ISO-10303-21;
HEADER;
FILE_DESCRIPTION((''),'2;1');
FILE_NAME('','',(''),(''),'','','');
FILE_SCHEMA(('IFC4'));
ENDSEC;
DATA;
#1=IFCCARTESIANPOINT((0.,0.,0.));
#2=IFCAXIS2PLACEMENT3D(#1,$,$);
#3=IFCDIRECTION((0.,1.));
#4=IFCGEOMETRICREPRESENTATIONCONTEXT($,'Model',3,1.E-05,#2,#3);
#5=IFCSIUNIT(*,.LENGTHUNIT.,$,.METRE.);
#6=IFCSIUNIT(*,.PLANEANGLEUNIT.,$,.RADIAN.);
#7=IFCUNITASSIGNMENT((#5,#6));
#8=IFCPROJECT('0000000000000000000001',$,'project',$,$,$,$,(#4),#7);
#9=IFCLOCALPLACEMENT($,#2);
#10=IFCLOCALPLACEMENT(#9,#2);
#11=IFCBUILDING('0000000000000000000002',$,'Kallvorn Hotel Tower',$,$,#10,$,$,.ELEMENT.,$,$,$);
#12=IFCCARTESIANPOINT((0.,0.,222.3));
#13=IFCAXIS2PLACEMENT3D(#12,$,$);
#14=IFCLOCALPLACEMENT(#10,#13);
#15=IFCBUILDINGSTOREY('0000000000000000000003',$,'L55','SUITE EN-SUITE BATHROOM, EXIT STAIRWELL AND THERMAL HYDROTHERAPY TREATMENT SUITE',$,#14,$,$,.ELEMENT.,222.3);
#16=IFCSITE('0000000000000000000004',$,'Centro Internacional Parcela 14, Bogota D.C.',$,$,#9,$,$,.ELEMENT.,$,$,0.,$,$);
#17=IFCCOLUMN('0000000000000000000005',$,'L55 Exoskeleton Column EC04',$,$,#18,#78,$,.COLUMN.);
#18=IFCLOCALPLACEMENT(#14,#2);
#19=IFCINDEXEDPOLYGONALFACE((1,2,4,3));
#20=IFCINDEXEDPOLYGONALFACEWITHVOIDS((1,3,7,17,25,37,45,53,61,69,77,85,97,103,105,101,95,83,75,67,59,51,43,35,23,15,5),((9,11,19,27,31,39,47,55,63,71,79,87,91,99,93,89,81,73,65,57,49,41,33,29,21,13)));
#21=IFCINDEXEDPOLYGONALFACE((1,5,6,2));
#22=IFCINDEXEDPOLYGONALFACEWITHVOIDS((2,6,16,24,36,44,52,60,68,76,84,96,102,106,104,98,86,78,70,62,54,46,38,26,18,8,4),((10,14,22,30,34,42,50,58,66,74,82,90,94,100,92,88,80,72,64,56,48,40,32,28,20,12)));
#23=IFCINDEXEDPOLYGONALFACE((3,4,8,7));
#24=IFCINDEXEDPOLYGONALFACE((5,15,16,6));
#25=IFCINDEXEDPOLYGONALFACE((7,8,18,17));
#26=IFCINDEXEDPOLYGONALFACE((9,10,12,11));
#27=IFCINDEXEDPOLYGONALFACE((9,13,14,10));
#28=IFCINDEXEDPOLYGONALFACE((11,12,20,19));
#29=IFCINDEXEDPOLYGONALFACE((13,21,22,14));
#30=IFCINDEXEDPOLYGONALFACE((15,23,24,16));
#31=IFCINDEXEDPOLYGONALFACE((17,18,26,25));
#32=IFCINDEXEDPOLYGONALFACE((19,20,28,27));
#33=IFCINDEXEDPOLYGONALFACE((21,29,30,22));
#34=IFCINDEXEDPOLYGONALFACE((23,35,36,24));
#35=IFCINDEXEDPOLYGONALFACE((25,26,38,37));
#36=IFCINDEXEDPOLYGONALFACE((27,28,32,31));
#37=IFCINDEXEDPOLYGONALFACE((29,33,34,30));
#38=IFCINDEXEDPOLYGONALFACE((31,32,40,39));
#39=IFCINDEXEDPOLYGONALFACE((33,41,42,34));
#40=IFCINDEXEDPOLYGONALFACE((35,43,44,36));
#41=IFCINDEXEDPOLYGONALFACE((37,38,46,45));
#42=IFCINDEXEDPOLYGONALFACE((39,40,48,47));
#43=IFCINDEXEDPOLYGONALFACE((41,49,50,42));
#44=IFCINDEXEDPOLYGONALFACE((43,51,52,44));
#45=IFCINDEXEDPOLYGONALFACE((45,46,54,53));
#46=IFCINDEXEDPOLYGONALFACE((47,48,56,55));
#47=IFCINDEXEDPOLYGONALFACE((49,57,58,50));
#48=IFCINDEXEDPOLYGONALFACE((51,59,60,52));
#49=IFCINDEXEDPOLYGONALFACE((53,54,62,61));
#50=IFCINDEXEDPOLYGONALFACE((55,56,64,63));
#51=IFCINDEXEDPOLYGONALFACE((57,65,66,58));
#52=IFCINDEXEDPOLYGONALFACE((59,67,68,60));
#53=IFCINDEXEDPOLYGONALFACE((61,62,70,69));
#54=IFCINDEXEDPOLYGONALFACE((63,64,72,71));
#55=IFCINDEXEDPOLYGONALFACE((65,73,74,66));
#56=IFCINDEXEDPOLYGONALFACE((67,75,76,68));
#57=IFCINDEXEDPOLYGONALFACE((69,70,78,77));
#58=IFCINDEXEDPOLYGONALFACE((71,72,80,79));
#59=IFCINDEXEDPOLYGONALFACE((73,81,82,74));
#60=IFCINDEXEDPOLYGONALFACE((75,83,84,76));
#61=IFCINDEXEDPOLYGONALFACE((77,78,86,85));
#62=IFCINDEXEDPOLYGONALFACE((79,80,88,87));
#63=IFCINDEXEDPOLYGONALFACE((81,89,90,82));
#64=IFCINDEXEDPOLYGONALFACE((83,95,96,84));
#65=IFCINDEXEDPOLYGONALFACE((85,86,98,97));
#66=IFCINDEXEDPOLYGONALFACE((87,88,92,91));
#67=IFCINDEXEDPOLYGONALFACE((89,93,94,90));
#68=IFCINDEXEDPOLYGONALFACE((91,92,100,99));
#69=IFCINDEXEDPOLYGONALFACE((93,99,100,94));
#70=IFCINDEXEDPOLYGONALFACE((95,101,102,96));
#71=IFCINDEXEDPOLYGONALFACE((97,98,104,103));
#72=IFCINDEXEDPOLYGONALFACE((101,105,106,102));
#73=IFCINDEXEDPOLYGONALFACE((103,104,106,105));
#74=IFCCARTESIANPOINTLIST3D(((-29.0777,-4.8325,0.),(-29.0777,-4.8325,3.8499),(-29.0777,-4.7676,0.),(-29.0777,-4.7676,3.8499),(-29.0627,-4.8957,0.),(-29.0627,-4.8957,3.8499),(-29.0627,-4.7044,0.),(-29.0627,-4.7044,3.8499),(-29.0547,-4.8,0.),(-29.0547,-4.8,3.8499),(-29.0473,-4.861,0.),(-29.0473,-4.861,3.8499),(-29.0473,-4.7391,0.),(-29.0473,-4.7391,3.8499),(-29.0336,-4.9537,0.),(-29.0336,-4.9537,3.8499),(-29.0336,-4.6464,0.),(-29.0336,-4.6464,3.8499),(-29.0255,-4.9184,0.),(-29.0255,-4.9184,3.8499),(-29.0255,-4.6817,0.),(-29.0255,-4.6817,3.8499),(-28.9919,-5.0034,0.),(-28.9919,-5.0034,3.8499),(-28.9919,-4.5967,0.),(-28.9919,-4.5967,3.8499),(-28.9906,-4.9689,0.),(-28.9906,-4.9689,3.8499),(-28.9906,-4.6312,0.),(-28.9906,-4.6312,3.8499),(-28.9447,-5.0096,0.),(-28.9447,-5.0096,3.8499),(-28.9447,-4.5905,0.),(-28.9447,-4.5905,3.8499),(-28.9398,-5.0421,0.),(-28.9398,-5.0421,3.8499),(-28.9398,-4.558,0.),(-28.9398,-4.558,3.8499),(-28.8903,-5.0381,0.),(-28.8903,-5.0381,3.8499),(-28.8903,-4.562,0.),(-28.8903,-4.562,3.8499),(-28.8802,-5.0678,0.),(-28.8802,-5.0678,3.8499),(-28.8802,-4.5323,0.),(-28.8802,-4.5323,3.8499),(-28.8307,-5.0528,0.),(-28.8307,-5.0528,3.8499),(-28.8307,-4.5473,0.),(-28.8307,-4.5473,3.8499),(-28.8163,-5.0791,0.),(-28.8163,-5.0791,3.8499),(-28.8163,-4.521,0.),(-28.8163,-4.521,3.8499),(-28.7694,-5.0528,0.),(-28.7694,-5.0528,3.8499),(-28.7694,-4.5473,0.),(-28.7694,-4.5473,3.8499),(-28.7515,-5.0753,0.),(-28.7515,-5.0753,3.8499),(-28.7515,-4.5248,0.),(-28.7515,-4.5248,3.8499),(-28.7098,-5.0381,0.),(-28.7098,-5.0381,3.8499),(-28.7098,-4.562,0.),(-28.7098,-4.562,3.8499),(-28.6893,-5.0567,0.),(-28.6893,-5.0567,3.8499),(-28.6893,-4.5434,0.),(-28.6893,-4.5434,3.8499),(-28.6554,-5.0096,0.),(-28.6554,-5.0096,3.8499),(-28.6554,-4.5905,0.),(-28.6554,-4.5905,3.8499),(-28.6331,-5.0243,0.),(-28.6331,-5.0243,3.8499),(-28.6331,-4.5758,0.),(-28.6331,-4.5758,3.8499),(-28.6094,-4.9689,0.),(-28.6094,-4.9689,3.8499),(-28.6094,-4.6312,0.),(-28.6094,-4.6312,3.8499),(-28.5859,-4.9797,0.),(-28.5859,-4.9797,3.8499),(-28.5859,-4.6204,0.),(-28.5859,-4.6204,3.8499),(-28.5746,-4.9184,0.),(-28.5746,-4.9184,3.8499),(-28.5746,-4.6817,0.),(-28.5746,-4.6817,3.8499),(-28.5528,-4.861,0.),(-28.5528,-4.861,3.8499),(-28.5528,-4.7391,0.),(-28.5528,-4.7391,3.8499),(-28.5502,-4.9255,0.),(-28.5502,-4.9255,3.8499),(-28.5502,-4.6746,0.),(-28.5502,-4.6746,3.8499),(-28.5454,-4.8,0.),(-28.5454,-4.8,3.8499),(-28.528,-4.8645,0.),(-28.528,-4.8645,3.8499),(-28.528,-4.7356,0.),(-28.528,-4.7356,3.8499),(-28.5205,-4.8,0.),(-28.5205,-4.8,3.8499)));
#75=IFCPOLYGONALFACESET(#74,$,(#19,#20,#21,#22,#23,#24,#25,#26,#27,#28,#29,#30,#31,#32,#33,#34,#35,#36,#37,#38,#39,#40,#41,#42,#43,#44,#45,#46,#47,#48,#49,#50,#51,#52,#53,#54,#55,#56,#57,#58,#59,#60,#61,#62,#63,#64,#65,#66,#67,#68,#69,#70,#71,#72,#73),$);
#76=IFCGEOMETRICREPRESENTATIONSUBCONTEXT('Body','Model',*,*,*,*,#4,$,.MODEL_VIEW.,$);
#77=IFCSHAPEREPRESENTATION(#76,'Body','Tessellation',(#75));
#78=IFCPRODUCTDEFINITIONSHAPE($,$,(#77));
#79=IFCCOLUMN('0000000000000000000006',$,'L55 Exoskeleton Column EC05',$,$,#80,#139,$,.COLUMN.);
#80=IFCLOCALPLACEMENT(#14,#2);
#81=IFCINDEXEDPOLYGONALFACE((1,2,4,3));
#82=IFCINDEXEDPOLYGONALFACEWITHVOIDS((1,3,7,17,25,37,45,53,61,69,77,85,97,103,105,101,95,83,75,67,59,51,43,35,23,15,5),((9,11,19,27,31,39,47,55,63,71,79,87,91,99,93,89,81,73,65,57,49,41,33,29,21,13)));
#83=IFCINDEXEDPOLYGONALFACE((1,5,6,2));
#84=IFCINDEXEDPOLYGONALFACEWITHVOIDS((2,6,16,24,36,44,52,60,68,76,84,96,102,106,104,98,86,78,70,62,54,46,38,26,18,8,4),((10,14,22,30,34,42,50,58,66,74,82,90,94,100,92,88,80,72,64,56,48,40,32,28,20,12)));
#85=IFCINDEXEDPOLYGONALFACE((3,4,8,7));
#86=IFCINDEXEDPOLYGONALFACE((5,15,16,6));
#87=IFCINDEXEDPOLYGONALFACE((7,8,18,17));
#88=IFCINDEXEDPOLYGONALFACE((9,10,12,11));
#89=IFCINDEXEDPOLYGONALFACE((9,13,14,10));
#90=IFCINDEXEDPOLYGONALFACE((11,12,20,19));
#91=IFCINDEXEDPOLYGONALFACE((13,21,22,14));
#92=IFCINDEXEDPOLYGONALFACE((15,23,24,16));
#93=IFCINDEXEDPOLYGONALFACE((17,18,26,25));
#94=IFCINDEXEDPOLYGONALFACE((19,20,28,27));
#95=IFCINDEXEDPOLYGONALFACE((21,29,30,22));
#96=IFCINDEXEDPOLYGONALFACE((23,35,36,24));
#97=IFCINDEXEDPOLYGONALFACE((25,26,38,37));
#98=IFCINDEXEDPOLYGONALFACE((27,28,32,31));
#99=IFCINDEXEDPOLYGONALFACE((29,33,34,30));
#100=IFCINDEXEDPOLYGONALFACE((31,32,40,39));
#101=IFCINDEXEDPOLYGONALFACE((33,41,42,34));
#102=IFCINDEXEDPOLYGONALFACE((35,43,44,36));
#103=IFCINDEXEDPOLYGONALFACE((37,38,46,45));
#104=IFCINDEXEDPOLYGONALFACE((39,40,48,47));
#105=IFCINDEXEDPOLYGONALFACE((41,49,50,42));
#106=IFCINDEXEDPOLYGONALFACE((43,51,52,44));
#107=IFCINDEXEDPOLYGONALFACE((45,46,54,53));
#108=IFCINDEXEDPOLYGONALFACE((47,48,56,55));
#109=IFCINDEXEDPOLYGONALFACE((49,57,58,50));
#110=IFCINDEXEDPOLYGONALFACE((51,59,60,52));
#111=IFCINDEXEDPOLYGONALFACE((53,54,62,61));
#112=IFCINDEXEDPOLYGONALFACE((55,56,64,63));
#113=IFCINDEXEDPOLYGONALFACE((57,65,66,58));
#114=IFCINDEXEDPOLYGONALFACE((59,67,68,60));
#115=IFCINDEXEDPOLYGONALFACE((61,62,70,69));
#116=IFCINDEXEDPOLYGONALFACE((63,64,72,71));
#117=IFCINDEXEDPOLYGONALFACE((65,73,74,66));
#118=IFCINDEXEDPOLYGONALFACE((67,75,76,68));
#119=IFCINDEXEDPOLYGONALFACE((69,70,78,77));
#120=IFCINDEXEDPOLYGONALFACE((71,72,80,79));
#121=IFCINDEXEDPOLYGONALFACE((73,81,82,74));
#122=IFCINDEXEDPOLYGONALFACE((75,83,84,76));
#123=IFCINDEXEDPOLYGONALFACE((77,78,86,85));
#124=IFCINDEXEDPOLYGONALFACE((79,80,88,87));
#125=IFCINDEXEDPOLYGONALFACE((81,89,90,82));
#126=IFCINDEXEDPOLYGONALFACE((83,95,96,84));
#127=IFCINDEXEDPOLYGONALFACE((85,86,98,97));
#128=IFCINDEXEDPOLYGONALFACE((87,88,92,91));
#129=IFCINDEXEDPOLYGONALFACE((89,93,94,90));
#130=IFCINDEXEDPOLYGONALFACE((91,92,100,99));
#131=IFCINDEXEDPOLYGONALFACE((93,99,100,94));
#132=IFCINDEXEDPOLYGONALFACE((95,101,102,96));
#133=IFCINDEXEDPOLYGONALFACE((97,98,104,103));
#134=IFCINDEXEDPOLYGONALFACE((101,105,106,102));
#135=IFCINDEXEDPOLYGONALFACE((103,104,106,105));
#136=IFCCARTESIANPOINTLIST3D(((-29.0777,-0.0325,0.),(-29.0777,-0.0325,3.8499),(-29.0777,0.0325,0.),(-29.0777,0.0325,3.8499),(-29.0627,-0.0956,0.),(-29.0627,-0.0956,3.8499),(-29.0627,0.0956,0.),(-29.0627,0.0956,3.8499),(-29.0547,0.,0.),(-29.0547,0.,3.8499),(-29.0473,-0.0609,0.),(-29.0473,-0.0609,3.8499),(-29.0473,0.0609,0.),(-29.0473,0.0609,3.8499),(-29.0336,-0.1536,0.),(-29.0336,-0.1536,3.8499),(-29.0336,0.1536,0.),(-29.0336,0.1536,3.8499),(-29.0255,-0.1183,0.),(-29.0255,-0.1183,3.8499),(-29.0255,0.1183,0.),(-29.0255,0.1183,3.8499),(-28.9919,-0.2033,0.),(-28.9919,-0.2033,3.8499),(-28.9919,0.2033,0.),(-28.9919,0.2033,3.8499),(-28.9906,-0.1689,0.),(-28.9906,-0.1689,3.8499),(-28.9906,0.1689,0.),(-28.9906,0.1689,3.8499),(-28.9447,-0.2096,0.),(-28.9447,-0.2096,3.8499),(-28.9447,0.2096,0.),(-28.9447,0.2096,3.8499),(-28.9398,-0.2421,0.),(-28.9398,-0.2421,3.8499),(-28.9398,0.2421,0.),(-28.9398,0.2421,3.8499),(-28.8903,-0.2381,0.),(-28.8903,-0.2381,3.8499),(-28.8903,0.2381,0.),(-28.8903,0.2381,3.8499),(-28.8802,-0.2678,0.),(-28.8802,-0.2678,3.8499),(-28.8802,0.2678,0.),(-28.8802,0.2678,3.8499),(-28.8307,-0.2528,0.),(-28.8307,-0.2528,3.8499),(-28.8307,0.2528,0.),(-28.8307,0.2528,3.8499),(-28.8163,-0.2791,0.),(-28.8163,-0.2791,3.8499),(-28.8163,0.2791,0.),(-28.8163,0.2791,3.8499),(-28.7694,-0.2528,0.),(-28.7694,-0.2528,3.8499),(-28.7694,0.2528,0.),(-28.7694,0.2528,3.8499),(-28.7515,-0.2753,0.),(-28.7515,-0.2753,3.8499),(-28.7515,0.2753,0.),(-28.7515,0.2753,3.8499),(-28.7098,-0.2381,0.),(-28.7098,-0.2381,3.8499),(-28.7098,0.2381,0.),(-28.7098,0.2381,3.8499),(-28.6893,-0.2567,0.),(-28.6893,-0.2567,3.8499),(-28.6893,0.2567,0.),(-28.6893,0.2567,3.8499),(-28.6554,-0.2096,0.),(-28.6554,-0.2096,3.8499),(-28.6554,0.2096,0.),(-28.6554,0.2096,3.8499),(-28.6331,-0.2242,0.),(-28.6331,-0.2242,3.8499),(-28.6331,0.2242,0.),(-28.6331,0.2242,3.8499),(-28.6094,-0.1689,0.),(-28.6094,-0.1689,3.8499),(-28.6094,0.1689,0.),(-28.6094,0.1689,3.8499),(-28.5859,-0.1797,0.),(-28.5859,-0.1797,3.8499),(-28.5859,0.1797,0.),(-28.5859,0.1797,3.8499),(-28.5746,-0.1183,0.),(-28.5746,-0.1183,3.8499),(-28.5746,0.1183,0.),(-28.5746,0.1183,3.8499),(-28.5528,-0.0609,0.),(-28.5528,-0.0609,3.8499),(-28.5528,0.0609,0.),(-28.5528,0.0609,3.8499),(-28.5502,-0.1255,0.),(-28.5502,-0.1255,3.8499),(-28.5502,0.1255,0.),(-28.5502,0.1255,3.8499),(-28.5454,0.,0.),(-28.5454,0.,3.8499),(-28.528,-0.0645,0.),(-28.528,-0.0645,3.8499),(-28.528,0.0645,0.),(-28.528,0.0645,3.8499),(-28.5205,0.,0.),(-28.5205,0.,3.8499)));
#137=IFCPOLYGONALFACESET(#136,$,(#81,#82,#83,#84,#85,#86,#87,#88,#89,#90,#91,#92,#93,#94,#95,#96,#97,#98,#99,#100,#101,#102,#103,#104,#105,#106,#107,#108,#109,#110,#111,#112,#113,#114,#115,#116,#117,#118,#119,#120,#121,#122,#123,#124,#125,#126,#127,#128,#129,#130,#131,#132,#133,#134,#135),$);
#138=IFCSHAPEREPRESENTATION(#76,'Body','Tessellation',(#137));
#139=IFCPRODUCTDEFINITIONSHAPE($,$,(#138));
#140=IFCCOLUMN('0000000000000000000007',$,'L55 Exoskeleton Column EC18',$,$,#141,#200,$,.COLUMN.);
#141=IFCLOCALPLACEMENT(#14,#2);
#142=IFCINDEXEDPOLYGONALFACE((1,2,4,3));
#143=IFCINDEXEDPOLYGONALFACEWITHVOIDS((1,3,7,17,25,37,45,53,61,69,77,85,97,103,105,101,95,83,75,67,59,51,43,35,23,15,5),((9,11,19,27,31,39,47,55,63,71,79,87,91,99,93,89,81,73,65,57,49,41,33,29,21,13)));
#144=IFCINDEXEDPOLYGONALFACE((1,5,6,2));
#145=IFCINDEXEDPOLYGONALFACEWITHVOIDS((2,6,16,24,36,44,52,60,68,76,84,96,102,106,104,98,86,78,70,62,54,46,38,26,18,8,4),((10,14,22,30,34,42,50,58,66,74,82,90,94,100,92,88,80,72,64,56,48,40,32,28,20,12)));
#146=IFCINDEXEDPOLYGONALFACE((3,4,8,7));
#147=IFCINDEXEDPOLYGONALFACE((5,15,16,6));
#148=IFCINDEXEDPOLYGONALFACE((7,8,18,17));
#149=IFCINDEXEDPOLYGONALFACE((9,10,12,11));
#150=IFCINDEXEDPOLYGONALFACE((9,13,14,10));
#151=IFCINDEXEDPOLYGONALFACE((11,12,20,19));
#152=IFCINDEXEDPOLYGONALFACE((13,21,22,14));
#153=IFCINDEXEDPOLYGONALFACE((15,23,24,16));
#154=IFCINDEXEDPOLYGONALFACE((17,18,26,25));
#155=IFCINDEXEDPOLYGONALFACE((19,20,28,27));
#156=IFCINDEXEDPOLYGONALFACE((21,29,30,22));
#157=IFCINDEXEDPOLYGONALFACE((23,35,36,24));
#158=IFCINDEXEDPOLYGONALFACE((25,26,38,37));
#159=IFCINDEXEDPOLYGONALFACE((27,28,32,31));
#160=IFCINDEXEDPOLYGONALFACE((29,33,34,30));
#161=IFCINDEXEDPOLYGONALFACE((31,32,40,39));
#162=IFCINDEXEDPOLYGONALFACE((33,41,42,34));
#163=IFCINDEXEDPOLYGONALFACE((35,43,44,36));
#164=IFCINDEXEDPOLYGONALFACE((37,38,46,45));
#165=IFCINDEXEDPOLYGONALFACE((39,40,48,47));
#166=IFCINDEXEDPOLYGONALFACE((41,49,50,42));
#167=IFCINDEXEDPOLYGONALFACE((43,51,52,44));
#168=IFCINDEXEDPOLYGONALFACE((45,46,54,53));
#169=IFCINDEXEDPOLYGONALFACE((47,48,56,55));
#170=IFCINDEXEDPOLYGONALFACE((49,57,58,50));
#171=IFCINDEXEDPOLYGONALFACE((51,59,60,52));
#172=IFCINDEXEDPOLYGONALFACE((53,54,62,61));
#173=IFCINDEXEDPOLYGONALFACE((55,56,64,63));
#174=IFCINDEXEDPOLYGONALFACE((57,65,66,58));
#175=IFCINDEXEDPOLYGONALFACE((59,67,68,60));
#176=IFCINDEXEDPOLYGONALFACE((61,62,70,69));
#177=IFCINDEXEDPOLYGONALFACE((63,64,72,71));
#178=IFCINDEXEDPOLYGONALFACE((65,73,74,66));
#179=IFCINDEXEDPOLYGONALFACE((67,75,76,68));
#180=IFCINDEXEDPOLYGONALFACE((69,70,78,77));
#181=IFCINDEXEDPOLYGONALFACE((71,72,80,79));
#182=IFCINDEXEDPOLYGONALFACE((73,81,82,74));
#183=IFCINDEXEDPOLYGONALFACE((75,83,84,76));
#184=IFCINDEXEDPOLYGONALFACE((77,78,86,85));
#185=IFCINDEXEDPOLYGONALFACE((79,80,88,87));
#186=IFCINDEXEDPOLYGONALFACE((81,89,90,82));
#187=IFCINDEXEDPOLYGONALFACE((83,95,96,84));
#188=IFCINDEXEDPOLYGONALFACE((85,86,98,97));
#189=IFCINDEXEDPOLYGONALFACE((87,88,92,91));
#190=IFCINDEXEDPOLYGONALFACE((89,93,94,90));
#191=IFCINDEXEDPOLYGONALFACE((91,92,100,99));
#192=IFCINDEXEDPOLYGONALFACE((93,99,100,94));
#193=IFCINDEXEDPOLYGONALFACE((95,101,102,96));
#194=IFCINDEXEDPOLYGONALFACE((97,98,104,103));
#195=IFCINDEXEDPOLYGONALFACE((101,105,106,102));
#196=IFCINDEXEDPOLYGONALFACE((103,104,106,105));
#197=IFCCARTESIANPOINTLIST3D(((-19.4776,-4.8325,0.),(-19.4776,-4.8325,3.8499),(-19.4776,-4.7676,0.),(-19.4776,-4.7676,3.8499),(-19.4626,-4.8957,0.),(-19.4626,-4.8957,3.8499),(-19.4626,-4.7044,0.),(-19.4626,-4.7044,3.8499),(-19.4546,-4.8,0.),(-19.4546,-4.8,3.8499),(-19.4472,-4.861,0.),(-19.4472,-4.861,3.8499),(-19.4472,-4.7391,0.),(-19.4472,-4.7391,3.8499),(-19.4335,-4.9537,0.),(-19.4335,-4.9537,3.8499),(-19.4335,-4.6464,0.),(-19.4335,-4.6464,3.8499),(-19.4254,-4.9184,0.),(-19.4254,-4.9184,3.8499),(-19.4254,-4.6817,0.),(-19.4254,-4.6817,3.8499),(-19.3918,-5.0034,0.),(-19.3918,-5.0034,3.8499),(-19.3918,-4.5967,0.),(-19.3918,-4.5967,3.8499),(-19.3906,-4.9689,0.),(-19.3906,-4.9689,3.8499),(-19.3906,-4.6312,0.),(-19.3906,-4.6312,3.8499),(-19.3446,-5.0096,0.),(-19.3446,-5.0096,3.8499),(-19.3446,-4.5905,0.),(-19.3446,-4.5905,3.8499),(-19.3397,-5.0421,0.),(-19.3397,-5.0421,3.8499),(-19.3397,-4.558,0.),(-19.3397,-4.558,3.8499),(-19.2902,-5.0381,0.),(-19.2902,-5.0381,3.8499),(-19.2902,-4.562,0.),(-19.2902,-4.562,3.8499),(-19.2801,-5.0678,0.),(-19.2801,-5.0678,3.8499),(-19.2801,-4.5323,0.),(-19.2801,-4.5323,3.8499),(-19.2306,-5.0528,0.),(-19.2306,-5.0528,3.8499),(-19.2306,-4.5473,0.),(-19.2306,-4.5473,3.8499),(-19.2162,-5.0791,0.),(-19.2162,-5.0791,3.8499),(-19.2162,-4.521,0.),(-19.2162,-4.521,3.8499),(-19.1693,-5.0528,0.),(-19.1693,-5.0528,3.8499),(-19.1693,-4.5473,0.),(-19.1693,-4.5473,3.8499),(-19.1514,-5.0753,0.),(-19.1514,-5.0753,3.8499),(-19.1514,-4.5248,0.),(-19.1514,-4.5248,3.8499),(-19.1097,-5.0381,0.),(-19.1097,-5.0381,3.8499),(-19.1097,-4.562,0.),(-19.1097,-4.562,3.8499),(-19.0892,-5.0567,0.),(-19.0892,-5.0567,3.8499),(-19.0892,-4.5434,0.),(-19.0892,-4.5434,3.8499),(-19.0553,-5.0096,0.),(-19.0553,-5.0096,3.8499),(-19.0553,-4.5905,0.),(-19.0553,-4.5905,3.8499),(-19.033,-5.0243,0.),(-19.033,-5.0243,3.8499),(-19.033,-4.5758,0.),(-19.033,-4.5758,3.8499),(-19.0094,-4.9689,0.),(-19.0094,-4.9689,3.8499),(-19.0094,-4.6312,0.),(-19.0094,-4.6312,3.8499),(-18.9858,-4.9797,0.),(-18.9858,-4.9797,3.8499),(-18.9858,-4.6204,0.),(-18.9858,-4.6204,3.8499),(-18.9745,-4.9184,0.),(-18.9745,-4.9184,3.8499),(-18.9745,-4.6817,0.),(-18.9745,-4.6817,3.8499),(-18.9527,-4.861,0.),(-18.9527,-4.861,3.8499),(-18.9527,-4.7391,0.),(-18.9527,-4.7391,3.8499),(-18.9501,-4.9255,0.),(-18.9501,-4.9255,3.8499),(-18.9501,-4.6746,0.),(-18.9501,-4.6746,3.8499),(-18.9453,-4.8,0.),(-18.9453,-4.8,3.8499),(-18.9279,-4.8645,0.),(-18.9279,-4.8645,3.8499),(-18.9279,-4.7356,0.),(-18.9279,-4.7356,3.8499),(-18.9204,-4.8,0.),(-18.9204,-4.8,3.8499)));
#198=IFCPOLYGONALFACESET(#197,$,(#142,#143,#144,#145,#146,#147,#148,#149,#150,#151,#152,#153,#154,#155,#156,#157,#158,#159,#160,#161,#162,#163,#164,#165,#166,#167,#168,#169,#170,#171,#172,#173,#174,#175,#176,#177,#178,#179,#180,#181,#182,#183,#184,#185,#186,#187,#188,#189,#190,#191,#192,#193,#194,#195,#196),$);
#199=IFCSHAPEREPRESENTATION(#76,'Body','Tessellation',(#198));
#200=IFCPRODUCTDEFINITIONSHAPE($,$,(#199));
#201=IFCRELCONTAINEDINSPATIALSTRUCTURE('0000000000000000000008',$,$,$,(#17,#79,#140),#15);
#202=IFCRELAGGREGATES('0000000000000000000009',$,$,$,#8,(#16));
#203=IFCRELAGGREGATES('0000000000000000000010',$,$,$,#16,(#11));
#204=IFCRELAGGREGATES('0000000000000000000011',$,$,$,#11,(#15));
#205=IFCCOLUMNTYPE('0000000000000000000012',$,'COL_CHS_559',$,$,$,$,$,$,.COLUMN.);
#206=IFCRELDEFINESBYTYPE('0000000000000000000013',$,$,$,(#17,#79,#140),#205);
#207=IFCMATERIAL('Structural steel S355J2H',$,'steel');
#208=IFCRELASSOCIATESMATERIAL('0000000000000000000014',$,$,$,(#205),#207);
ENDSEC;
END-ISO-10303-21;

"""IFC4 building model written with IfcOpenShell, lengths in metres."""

from ifc_helpers import new_model, si_unit, direction, frame, origin, origin_2d, place, context, subcontext, project, spatial, hollow_circle, extrude, material, material_profile, profile_set, type_object, element, save


model = new_model("IFC4")

# Units and contexts
model_context = context("Model", 3, precision=1e-05, world=origin(), true_north=direction((0.0, 1.0)))
body_context = subcontext(model_context, "Body", "Model", "MODEL_VIEW")
ifc_project = project(units=[si_unit("LENGTHUNIT", "METRE"), si_unit("PLANEANGLEUNIT", "RADIAN")], contexts=[model_context])

# Site, building, storey
site_placement = place(None, origin())
site = spatial("IfcSite", under=ifc_project, at=site_placement, Name="Centro Internacional Parcela 14, Bogota D.C.", CompositionType="ELEMENT", RefElevation=0.0)
building_placement = place(site_placement, origin())
building = spatial("IfcBuilding", under=site, at=building_placement, Name="Kallvorn Hotel Tower", CompositionType="ELEMENT")
storey_placement = place(building_placement, frame((0.0, 0.0, 222.3)))
storey = spatial("IfcBuildingStorey", under=building, at=storey_placement, Name="L55", Description="SUITE EN-SUITE BATHROOM, EXIT STAIRWELL AND THERMAL HYDROTHERAPY TREATMENT SUITE", CompositionType="ELEMENT", Elevation=222.3)

# Columns
ifc_material_1 = material(Name="Structural steel S355J2H", Category="steel")
ifc_material_profile_1 = material_profile(ifc_material_1, hollow_circle(Radius=0.2795, WallThickness=0.0249, at=origin_2d()), Name="CHS 559x25")
ifc_profile_set_1 = profile_set([ifc_material_profile_1], Name="Structural steel S355J2H")
column_type_1 = type_object("IfcColumnType", Name="COL_CHS_559", PredefinedType="COLUMN", material=ifc_profile_set_1)
for number, where, z_axis, x_axis, name in (
    (1, (-28.8, -4.8, 0.0), (0.0, 0.0, 1.0), (1.0, 0.0, 0.0), "L55 Exoskeleton Column EC04"),
    (2, (-28.8, 0.0, 0.0), (0.0, 0.0, 1.0), (1.0, 0.0, 0.0), "L55 Exoskeleton Column EC05"),
    (3, (-19.2, -4.8, 0.0), (0.0, 0.0, 1.0), (1.0, 0.0, 0.0), "L55 Exoskeleton Column EC18"),
):
    element("IfcColumn", number, at=place(storey_placement, frame(where, z_axis=z_axis, x_axis=x_axis)), inside=storey, type_object=column_type_1, Name=name, PredefinedType="COLUMN", context=body_context, shape_type="SweptSolid", body=[
        extrude(hollow_circle(Radius=0.2795, WallThickness=0.0249, at=origin_2d()), origin(), (0.0, 0.0, 1.0), 3.8499),
    ])

save(model, "model.ifc")
